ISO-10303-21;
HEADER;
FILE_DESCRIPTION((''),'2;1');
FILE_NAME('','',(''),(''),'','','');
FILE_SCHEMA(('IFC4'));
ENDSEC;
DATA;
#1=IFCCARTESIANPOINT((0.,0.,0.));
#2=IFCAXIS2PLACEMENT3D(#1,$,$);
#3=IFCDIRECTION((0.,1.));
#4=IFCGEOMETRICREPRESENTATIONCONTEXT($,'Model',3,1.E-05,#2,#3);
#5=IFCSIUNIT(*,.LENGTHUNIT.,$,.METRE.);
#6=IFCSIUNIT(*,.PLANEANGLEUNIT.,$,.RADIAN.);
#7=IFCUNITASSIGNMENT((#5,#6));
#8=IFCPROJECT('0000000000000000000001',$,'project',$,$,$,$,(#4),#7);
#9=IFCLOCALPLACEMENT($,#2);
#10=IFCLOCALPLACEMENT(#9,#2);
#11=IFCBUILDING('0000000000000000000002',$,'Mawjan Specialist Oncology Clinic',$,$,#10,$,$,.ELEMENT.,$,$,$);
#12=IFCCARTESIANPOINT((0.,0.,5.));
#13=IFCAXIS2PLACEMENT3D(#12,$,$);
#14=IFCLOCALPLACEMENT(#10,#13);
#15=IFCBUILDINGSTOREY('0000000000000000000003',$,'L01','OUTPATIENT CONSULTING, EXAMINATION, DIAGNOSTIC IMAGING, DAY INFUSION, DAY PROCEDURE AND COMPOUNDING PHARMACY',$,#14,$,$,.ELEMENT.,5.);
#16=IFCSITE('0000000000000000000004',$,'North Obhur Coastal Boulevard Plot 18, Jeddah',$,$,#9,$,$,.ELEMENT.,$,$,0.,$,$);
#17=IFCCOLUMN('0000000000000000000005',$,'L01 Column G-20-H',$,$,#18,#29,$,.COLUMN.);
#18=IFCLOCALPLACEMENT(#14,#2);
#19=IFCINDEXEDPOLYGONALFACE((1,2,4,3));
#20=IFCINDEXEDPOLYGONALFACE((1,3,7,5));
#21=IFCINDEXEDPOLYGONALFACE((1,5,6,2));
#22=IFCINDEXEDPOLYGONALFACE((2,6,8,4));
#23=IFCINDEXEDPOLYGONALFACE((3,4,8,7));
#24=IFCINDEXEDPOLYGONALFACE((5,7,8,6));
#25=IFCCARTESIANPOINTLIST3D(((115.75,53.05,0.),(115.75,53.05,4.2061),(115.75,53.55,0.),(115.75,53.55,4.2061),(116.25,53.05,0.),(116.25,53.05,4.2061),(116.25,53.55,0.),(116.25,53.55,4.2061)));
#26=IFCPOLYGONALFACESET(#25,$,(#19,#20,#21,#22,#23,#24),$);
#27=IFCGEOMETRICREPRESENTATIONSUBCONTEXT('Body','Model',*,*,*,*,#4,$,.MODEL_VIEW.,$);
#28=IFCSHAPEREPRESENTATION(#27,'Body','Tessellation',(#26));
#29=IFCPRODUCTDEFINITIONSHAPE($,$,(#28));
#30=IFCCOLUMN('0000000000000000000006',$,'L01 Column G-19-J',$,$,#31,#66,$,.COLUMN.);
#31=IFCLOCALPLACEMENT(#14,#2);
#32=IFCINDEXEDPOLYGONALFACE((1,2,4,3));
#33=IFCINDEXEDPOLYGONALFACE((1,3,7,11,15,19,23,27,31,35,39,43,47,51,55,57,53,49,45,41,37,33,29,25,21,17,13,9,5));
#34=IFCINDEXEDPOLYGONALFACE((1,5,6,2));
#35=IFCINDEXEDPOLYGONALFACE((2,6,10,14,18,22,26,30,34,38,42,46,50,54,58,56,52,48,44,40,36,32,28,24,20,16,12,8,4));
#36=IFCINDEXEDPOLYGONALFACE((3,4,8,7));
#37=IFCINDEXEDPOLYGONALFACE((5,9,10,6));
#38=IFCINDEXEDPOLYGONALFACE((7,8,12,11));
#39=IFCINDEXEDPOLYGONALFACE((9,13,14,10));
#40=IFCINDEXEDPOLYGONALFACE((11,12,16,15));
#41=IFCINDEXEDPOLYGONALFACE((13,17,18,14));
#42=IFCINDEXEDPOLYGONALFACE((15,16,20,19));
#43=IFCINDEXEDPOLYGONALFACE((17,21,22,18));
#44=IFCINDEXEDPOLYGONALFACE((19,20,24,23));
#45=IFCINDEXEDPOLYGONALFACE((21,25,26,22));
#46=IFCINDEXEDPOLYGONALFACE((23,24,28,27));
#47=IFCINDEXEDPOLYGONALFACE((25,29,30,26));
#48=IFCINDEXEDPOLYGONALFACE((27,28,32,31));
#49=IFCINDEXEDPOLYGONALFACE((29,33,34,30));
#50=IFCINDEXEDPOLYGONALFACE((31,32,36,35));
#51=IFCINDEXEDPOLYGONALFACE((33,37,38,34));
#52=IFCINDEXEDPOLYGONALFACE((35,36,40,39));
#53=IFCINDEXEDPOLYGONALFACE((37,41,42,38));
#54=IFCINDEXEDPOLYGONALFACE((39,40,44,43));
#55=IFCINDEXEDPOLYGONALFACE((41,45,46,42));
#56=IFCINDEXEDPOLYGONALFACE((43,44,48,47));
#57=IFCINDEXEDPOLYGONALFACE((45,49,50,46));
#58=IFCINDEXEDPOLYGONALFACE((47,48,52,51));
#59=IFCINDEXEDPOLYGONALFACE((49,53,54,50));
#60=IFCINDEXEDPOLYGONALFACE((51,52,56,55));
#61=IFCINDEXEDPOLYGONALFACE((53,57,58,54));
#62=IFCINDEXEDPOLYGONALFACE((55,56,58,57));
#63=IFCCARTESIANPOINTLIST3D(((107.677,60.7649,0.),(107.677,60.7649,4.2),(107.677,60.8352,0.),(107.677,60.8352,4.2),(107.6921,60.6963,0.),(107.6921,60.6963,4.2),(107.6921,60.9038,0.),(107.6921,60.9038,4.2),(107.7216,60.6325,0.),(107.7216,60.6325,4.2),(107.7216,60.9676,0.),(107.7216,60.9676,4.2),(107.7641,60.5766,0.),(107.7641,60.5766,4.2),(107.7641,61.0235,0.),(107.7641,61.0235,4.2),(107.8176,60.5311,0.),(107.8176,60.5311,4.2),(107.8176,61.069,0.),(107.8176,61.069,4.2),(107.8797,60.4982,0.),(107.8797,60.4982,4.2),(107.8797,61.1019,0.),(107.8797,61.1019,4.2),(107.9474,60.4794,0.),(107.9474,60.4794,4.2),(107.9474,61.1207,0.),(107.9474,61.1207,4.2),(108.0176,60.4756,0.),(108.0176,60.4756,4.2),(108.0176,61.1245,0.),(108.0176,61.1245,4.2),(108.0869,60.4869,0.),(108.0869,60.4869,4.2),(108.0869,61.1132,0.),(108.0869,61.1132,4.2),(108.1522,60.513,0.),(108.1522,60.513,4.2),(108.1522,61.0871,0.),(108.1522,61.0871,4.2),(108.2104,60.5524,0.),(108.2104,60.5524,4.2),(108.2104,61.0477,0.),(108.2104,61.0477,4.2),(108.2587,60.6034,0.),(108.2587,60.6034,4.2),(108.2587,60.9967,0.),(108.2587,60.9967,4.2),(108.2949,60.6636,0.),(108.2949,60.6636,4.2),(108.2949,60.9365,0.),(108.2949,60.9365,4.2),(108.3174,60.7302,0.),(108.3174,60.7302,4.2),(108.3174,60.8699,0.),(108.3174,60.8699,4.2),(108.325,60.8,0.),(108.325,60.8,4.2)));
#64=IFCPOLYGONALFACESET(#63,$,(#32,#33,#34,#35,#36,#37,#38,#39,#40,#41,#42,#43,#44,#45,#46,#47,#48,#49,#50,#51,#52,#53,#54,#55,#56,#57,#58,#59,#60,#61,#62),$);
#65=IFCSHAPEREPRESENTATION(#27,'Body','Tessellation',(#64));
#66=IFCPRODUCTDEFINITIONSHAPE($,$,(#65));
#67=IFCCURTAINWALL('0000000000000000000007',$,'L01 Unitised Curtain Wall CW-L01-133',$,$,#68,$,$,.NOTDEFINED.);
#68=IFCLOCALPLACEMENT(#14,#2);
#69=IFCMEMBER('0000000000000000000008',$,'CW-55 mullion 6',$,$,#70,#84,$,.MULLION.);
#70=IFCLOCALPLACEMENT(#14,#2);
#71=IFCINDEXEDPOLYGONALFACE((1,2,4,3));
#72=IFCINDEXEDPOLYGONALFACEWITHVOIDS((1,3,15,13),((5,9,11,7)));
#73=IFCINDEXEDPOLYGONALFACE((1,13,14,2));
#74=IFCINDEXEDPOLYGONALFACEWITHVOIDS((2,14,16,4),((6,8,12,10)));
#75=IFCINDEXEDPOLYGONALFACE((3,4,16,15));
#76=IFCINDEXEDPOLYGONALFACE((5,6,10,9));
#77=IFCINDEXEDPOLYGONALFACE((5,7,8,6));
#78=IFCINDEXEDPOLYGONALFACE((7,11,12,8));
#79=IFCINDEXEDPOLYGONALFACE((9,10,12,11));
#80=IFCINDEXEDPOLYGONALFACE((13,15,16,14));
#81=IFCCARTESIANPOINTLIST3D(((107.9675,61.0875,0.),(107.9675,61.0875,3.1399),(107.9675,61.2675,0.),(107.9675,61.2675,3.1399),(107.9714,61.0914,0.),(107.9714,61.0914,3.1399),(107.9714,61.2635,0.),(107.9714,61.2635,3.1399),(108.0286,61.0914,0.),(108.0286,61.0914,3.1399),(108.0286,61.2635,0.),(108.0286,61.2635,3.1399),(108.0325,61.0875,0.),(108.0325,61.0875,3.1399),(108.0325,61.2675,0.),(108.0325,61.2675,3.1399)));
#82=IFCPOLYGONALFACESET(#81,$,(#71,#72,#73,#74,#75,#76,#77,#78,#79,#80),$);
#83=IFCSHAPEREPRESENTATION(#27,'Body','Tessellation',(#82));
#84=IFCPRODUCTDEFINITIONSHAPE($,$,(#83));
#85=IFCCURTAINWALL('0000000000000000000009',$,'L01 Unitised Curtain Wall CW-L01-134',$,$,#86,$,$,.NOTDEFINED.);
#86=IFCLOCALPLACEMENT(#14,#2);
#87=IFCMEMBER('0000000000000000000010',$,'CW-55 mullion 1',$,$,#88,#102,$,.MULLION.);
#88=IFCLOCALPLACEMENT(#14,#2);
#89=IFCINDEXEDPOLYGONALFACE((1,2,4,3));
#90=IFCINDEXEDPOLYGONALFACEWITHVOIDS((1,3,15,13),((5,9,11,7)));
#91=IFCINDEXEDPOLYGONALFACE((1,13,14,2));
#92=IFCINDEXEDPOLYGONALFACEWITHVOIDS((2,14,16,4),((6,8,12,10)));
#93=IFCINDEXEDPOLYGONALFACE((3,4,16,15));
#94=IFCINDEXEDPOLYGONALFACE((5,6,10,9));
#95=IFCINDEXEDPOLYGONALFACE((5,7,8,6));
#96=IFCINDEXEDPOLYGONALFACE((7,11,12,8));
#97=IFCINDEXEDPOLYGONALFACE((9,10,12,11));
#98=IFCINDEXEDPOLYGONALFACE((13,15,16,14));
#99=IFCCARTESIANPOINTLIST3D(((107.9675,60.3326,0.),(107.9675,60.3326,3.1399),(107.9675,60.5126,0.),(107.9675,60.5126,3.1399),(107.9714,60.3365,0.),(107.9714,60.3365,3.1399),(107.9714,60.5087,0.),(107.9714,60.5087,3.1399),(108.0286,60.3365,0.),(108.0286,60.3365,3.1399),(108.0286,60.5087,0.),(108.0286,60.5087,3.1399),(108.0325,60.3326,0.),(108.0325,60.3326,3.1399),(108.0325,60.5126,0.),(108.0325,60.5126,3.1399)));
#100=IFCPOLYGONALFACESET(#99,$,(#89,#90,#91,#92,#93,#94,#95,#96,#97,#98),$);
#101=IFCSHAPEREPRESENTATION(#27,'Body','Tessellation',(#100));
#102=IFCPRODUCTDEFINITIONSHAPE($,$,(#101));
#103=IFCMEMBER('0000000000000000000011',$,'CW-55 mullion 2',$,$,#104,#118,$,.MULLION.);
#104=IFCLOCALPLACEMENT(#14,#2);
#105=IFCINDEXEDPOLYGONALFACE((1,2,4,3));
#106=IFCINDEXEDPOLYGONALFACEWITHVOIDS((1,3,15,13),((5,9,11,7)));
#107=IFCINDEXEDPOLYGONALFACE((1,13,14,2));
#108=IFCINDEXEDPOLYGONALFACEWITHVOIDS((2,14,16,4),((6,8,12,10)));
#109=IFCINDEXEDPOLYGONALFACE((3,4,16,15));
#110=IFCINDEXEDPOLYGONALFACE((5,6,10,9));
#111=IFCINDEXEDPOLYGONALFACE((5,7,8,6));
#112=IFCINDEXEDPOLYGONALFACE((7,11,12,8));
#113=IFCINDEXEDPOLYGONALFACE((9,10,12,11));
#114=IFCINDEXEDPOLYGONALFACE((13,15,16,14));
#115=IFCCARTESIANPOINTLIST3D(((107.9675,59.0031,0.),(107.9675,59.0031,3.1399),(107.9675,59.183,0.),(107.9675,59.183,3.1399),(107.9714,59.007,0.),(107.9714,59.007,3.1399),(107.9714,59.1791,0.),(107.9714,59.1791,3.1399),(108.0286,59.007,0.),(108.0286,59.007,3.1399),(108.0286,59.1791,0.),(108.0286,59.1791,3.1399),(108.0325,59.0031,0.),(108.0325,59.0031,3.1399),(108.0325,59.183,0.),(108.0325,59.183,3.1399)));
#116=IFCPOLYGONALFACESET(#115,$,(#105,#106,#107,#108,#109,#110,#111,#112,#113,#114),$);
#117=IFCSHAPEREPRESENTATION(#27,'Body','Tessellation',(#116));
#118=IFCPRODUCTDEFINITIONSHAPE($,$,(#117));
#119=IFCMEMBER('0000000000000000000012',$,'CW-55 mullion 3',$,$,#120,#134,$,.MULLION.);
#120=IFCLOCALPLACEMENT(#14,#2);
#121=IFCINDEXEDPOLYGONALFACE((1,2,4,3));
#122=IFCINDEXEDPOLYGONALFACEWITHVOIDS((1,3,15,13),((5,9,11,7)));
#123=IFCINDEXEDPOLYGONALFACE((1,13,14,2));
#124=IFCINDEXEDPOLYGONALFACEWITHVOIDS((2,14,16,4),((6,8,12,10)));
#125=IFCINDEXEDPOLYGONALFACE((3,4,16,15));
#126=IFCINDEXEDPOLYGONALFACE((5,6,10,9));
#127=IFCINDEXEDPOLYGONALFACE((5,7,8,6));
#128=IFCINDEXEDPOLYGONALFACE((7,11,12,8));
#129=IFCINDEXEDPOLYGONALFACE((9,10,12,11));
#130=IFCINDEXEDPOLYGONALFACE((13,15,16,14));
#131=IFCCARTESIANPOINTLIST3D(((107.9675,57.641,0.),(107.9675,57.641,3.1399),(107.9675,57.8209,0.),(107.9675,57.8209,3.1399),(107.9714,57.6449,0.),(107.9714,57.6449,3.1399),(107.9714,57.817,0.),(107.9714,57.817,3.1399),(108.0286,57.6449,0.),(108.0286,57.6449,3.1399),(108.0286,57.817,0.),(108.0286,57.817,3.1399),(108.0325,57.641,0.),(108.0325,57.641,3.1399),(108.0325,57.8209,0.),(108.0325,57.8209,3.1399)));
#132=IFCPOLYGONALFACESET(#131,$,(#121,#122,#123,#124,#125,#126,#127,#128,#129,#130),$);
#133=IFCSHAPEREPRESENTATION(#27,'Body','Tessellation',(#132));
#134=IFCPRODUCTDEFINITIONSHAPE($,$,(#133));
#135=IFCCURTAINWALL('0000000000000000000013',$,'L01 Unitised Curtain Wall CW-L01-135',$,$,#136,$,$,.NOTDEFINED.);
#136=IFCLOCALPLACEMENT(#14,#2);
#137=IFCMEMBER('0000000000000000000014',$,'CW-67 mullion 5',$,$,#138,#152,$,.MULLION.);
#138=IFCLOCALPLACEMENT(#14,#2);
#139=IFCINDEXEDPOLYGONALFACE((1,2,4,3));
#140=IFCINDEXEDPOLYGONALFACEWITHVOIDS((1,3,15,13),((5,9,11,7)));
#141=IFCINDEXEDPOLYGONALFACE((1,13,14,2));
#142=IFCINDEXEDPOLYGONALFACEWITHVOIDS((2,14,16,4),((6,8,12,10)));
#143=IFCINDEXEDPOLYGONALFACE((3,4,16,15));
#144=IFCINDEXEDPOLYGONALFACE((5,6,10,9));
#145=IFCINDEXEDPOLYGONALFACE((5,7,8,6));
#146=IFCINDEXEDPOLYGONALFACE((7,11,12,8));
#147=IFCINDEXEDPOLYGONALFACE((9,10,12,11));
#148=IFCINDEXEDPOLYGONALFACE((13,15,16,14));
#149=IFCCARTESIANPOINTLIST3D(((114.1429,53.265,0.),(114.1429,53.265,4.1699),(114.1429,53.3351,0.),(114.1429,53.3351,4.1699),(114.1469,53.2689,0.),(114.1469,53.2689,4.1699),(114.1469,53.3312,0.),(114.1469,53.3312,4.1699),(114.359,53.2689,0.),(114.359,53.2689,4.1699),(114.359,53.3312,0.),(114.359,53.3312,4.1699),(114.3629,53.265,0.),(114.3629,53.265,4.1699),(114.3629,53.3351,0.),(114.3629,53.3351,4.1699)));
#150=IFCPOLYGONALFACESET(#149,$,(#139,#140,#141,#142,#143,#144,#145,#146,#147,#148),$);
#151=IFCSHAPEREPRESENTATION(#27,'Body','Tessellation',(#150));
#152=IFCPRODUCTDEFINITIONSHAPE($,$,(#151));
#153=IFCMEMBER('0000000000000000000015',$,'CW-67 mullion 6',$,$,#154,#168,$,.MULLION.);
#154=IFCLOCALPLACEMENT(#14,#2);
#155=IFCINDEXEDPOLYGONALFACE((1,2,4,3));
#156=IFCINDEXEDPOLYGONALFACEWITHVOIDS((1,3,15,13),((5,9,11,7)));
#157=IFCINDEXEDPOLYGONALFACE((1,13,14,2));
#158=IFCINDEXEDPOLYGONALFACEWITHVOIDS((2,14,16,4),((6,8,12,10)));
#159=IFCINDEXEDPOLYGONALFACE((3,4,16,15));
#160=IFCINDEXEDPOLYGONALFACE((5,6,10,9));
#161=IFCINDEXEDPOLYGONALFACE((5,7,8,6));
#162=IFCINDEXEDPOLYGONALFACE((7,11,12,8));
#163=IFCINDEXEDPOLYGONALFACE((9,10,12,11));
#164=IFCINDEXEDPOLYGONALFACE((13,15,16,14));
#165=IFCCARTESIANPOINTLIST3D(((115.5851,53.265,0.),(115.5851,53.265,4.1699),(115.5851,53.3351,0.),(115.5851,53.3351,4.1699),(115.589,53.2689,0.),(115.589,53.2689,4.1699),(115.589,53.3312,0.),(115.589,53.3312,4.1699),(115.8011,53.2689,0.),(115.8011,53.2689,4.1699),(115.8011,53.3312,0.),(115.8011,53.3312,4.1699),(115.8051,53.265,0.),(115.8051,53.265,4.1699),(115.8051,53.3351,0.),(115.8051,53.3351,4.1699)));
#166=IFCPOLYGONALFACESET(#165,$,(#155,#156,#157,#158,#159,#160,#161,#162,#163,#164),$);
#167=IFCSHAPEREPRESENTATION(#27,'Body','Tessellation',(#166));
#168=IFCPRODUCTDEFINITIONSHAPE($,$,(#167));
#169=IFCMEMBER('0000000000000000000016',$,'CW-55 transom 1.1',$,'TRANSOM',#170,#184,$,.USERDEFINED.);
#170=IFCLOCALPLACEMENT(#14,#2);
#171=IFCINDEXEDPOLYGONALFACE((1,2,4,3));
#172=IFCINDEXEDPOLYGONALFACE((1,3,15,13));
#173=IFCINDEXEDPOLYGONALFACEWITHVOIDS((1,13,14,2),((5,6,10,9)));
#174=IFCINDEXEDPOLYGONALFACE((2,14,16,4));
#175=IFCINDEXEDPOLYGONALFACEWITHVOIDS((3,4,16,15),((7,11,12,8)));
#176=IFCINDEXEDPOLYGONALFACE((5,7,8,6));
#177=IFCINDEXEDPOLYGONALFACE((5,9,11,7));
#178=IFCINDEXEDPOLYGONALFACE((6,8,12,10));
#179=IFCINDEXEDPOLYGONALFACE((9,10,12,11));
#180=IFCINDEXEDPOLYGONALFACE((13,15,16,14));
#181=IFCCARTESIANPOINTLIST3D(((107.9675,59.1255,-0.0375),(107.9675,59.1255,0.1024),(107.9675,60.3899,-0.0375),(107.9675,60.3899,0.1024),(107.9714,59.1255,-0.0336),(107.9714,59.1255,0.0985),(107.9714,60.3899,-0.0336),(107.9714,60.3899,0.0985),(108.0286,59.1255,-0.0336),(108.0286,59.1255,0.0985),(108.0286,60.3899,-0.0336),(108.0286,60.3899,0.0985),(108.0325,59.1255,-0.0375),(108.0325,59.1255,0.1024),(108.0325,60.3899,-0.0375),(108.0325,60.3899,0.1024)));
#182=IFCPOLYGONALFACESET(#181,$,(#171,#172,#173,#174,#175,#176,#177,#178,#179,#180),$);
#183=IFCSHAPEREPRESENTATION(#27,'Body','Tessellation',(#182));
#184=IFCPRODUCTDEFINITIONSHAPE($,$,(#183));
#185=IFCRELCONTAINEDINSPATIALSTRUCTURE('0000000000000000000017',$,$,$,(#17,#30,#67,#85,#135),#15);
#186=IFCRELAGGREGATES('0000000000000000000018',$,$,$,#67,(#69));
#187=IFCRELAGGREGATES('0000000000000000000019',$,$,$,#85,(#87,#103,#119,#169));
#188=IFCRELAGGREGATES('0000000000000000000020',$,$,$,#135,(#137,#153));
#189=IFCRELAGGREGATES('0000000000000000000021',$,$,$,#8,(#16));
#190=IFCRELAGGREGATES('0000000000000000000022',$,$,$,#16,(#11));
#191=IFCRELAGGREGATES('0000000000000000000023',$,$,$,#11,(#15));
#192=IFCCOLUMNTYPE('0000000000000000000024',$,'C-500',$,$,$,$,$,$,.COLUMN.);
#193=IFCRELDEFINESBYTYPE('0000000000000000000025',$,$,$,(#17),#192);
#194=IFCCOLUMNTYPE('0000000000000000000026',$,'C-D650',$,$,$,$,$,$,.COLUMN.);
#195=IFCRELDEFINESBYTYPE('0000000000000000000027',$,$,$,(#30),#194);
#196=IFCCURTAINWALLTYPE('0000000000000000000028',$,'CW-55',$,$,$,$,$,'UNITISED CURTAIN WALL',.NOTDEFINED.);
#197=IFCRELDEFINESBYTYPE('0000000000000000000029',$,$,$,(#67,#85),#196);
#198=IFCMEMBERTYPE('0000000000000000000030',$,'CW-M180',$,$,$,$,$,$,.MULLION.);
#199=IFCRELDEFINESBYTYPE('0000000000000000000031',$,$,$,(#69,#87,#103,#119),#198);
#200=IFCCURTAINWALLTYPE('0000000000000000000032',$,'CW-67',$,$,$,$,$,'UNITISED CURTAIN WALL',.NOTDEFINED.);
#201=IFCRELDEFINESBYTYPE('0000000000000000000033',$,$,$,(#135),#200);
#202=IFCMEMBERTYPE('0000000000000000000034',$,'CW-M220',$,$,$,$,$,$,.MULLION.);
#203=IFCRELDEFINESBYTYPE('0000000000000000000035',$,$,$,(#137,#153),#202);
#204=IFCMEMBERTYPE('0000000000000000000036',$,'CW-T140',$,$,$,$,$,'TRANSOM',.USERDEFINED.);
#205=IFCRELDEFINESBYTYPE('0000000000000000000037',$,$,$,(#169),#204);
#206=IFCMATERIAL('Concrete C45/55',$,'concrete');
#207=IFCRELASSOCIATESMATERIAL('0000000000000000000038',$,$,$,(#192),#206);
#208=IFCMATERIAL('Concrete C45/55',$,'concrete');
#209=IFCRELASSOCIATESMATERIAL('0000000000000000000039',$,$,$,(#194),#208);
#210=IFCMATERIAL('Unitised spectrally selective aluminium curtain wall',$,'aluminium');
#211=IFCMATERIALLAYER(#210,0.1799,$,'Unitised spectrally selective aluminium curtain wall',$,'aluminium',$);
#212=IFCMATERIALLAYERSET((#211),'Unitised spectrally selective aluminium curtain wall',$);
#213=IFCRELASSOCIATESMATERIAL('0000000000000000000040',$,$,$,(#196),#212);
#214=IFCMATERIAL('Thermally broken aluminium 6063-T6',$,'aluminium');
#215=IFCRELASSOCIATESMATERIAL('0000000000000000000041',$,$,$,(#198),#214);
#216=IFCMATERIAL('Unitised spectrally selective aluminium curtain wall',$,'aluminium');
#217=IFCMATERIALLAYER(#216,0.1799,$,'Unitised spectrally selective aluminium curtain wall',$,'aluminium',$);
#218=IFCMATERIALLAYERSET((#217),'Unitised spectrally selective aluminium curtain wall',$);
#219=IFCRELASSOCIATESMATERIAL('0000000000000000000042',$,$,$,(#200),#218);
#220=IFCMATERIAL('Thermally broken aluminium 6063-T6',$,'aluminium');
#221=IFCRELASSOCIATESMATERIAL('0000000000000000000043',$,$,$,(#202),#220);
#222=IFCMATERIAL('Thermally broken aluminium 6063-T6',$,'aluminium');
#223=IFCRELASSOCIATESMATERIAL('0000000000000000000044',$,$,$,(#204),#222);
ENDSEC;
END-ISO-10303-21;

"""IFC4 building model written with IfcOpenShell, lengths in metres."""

from ifc_helpers import new_model, si_unit, direction, frame, origin, origin_2d, place, context, subcontext, project, spatial, rectangle, hollow_rectangle, circle, extrude, material, layer, layer_set, material_profile, profile_set, type_object, element, aggregate, save


model = new_model("IFC4")

# Units and contexts
model_context = context("Model", 3, precision=1e-05, world=origin(), true_north=direction((0.0, 1.0)))
body_context = subcontext(model_context, "Body", "Model", "MODEL_VIEW")
ifc_project = project(units=[si_unit("LENGTHUNIT", "METRE"), si_unit("PLANEANGLEUNIT", "RADIAN")], contexts=[model_context])

# Site, building, storey
site_placement = place(None, origin())
site = spatial("IfcSite", under=ifc_project, at=site_placement, Name="North Obhur Coastal Boulevard Plot 18, Jeddah", CompositionType="ELEMENT", RefElevation=0.0)
building_placement = place(site_placement, origin())
building = spatial("IfcBuilding", under=site, at=building_placement, Name="Mawjan Specialist Oncology Clinic", CompositionType="ELEMENT")
storey_placement = place(building_placement, frame((0.0, 0.0, 5.0)))
storey = spatial("IfcBuildingStorey", under=building, at=storey_placement, Name="L01", Description="OUTPATIENT CONSULTING, EXAMINATION, DIAGNOSTIC IMAGING, DAY INFUSION, DAY PROCEDURE AND COMPOUNDING PHARMACY", CompositionType="ELEMENT", Elevation=5.0)

# Columns
ifc_material_1 = material(Name="Concrete C45/55", Category="concrete")
ifc_material_profile_1 = material_profile(ifc_material_1, rectangle(XDim=0.5, YDim=0.5, at=origin_2d()), Name="RC COL 500x500", Category="concrete")
ifc_profile_set_1 = profile_set([ifc_material_profile_1], Name="Concrete C45/55")
column_type_1 = type_object("IfcColumnType", Name="C-500", PredefinedType="COLUMN", material=ifc_profile_set_1)
column_1_placement = place(storey_placement, frame((116.0, 53.3, 0.0), z_axis=(0.0, 0.0, 1.0), x_axis=(1.0, 0.0, 0.0)))
element("IfcColumn", 1, at=column_1_placement, inside=storey, type_object=column_type_1, Name="L01 Column G-20-H", PredefinedType="COLUMN", context=body_context, shape_type="SweptSolid", body=[
    extrude(rectangle(XDim=0.5, YDim=0.5, at=origin_2d()), origin(), (0.0, 0.0, 1.0), 4.2061),
])
ifc_material_2 = material(Name="Concrete C45/55", Category="concrete")
ifc_material_profile_2 = material_profile(ifc_material_2, circle(Radius=0.325, at=origin_2d()), Name="RC COL D650", Category="concrete")
ifc_profile_set_2 = profile_set([ifc_material_profile_2], Name="Concrete C45/55")
column_type_2 = type_object("IfcColumnType", Name="C-D650", PredefinedType="COLUMN", material=ifc_profile_set_2)
column_2_placement = place(storey_placement, frame((108.0, 60.8, 0.0), z_axis=(0.0, 0.0, 1.0), x_axis=(1.0, 0.0, 0.0)))
element("IfcColumn", 2, at=column_2_placement, inside=storey, type_object=column_type_2, Name="L01 Column G-19-J", PredefinedType="COLUMN", context=body_context, shape_type="SweptSolid", body=[
    extrude(circle(Radius=0.325, at=origin_2d()), origin(), (0.0, 0.0, 1.0), 4.2),
])

# Curtain wall, member
ifc_material_3 = material(Name="Unitised spectrally selective aluminium curtain wall", Category="aluminium")
ifc_layer_1 = layer(ifc_material_3, 0.1799, Name="Unitised spectrally selective aluminium curtain wall", Category="aluminium")
ifc_layer_set_1 = layer_set([ifc_layer_1], Name="Unitised spectrally selective aluminium curtain wall")
curtain_wall_type_1 = type_object("IfcCurtainWallType", Name="CW-55", ElementType="UNITISED CURTAIN WALL", PredefinedType="NOTDEFINED", material=ifc_layer_set_1)
curtain_wall_1_placement = place(storey_placement, origin())
curtain_wall_1 = element("IfcCurtainWall", 3, at=curtain_wall_1_placement, inside=storey, type_object=curtain_wall_type_1, Name="L01 Unitised Curtain Wall CW-L01-133", PredefinedType="NOTDEFINED")
ifc_material_4 = material(Name="Thermally broken aluminium 6063-T6", Category="aluminium")
ifc_material_profile_3 = material_profile(ifc_material_4, hollow_rectangle(XDim=0.0649, YDim=0.1799, WallThickness=0.0039, at=origin_2d()), Name="ALU MULLION 180x65x4", Category="aluminium")
ifc_profile_set_3 = profile_set([ifc_material_profile_3], Name="Thermally broken aluminium 6063-T6")
member_type_1 = type_object("IfcMemberType", Name="CW-M180", PredefinedType="MULLION", material=ifc_profile_set_3)
member_1_placement = place(storey_placement, frame((108.0, 61.1775, 0.0), z_axis=(0.0, 0.0, 1.0), x_axis=(1.0, 0.0, 0.0)))
member_1 = element("IfcMember", 4, at=member_1_placement, type_object=member_type_1, Name="CW-55 mullion 6", PredefinedType="MULLION", context=body_context, shape_type="SweptSolid", body=[
    extrude(hollow_rectangle(XDim=0.0649, YDim=0.1799, WallThickness=0.0039, at=origin_2d()), origin(), (0.0, 0.0, 1.0), 3.1399),
])

# Curtain walls, members
curtain_wall_2_placement = place(storey_placement, origin())
curtain_wall_2 = element("IfcCurtainWall", 5, at=curtain_wall_2_placement, inside=storey, type_object=curtain_wall_type_1, Name="L01 Unitised Curtain Wall CW-L01-134", PredefinedType="NOTDEFINED")
member_2_placement = place(storey_placement, frame((108.0, 60.4226, 0.0), z_axis=(0.0, 0.0, 1.0), x_axis=(1.0, 0.0, 0.0)))
member_2 = element("IfcMember", 6, at=member_2_placement, type_object=member_type_1, Name="CW-55 mullion 1", PredefinedType="MULLION", context=body_context, shape_type="SweptSolid", body=[
    extrude(hollow_rectangle(XDim=0.0649, YDim=0.1799, WallThickness=0.0039, at=origin_2d()), origin(), (0.0, 0.0, 1.0), 3.1399),
])
member_3_placement = place(storey_placement, frame((108.0, 59.093, 0.0), z_axis=(0.0, 0.0, 1.0), x_axis=(1.0, 0.0, 0.0)))
member_3 = element("IfcMember", 7, at=member_3_placement, type_object=member_type_1, Name="CW-55 mullion 2", PredefinedType="MULLION", context=body_context, shape_type="SweptSolid", body=[
    extrude(hollow_rectangle(XDim=0.0649, YDim=0.1799, WallThickness=0.0039, at=origin_2d()), origin(), (0.0, 0.0, 1.0), 3.1399),
])
member_4_placement = place(storey_placement, frame((108.0, 57.731, 0.0), z_axis=(0.0, 0.0, 1.0), x_axis=(1.0, 0.0, 0.0)))
member_4 = element("IfcMember", 8, at=member_4_placement, type_object=member_type_1, Name="CW-55 mullion 3", PredefinedType="MULLION", context=body_context, shape_type="SweptSolid", body=[
    extrude(hollow_rectangle(XDim=0.0649, YDim=0.1799, WallThickness=0.0039, at=origin_2d()), origin(), (0.0, 0.0, 1.0), 3.1399),
])
ifc_material_5 = material(Name="Unitised spectrally selective aluminium curtain wall", Category="aluminium")
ifc_layer_2 = layer(ifc_material_5, 0.1799, Name="Unitised spectrally selective aluminium curtain wall", Category="aluminium")
ifc_layer_set_2 = layer_set([ifc_layer_2], Name="Unitised spectrally selective aluminium curtain wall")
curtain_wall_type_2 = type_object("IfcCurtainWallType", Name="CW-67", ElementType="UNITISED CURTAIN WALL", PredefinedType="NOTDEFINED", material=ifc_layer_set_2)
curtain_wall_3_placement = place(storey_placement, origin())
curtain_wall_3 = element("IfcCurtainWall", 9, at=curtain_wall_3_placement, inside=storey, type_object=curtain_wall_type_2, Name="L01 Unitised Curtain Wall CW-L01-135", PredefinedType="NOTDEFINED")
ifc_material_6 = material(Name="Thermally broken aluminium 6063-T6", Category="aluminium")
ifc_material_profile_4 = material_profile(ifc_material_6, hollow_rectangle(XDim=0.0701, YDim=0.22, WallThickness=0.0039, at=origin_2d()), Name="ALU MULLION 220x70x4", Category="aluminium")
ifc_profile_set_4 = profile_set([ifc_material_profile_4], Name="Thermally broken aluminium 6063-T6")
member_type_2 = type_object("IfcMemberType", Name="CW-M220", PredefinedType="MULLION", material=ifc_profile_set_4)
member_5_placement = place(storey_placement, frame((114.2529, 53.3, 0.0), z_axis=(0.0, 0.0, 1.0), x_axis=(0.0, 1.0, 0.0)))
member_5 = element("IfcMember", 10, at=member_5_placement, type_object=member_type_2, Name="CW-67 mullion 5", PredefinedType="MULLION", context=body_context, shape_type="SweptSolid", body=[
    extrude(hollow_rectangle(XDim=0.0701, YDim=0.22, WallThickness=0.0039, at=origin_2d()), origin(), (0.0, 0.0, 1.0), 4.1699),
])
member_6_placement = place(storey_placement, frame((115.6951, 53.3, 0.0), z_axis=(0.0, 0.0, 1.0), x_axis=(0.0, 1.0, 0.0)))
member_6 = element("IfcMember", 11, at=member_6_placement, type_object=member_type_2, Name="CW-67 mullion 6", PredefinedType="MULLION", context=body_context, shape_type="SweptSolid", body=[
    extrude(hollow_rectangle(XDim=0.0701, YDim=0.22, WallThickness=0.0039, at=origin_2d()), origin(), (0.0, 0.0, 1.0), 4.1699),
])

# Member
ifc_material_7 = material(Name="Thermally broken aluminium 6063-T6", Category="aluminium")
ifc_material_profile_5 = material_profile(ifc_material_7, hollow_rectangle(XDim=0.0649, YDim=0.1399, WallThickness=0.0039, at=origin_2d()), Name="ALU TRANSOM 140x65x4", Category="aluminium")
ifc_profile_set_5 = profile_set([ifc_material_profile_5], Name="Thermally broken aluminium 6063-T6")
member_type_3 = type_object("IfcMemberType", Name="CW-T140", ElementType="TRANSOM", PredefinedType="USERDEFINED", material=ifc_profile_set_5)
member_7_placement = place(storey_placement, frame((108.0, 60.3899, 0.0325), z_axis=(0.0, -1.0, 0.0), x_axis=(1.0, 0.0, 0.0)))
member_7 = element("IfcMember", 12, at=member_7_placement, type_object=member_type_3, Name="CW-55 transom 1.1", ObjectType="TRANSOM", PredefinedType="USERDEFINED", context=body_context, shape_type="SweptSolid", body=[
    extrude(hollow_rectangle(XDim=0.0649, YDim=0.1399, WallThickness=0.0039, at=origin_2d()), origin(), (0.0, 0.0, 1.0), 1.2644),
])

aggregate(curtain_wall_1, [member_1])
aggregate(curtain_wall_2, [member_2, member_3, member_4, member_7])
aggregate(curtain_wall_3, [member_5, member_6])

save(model, "model.ifc")
